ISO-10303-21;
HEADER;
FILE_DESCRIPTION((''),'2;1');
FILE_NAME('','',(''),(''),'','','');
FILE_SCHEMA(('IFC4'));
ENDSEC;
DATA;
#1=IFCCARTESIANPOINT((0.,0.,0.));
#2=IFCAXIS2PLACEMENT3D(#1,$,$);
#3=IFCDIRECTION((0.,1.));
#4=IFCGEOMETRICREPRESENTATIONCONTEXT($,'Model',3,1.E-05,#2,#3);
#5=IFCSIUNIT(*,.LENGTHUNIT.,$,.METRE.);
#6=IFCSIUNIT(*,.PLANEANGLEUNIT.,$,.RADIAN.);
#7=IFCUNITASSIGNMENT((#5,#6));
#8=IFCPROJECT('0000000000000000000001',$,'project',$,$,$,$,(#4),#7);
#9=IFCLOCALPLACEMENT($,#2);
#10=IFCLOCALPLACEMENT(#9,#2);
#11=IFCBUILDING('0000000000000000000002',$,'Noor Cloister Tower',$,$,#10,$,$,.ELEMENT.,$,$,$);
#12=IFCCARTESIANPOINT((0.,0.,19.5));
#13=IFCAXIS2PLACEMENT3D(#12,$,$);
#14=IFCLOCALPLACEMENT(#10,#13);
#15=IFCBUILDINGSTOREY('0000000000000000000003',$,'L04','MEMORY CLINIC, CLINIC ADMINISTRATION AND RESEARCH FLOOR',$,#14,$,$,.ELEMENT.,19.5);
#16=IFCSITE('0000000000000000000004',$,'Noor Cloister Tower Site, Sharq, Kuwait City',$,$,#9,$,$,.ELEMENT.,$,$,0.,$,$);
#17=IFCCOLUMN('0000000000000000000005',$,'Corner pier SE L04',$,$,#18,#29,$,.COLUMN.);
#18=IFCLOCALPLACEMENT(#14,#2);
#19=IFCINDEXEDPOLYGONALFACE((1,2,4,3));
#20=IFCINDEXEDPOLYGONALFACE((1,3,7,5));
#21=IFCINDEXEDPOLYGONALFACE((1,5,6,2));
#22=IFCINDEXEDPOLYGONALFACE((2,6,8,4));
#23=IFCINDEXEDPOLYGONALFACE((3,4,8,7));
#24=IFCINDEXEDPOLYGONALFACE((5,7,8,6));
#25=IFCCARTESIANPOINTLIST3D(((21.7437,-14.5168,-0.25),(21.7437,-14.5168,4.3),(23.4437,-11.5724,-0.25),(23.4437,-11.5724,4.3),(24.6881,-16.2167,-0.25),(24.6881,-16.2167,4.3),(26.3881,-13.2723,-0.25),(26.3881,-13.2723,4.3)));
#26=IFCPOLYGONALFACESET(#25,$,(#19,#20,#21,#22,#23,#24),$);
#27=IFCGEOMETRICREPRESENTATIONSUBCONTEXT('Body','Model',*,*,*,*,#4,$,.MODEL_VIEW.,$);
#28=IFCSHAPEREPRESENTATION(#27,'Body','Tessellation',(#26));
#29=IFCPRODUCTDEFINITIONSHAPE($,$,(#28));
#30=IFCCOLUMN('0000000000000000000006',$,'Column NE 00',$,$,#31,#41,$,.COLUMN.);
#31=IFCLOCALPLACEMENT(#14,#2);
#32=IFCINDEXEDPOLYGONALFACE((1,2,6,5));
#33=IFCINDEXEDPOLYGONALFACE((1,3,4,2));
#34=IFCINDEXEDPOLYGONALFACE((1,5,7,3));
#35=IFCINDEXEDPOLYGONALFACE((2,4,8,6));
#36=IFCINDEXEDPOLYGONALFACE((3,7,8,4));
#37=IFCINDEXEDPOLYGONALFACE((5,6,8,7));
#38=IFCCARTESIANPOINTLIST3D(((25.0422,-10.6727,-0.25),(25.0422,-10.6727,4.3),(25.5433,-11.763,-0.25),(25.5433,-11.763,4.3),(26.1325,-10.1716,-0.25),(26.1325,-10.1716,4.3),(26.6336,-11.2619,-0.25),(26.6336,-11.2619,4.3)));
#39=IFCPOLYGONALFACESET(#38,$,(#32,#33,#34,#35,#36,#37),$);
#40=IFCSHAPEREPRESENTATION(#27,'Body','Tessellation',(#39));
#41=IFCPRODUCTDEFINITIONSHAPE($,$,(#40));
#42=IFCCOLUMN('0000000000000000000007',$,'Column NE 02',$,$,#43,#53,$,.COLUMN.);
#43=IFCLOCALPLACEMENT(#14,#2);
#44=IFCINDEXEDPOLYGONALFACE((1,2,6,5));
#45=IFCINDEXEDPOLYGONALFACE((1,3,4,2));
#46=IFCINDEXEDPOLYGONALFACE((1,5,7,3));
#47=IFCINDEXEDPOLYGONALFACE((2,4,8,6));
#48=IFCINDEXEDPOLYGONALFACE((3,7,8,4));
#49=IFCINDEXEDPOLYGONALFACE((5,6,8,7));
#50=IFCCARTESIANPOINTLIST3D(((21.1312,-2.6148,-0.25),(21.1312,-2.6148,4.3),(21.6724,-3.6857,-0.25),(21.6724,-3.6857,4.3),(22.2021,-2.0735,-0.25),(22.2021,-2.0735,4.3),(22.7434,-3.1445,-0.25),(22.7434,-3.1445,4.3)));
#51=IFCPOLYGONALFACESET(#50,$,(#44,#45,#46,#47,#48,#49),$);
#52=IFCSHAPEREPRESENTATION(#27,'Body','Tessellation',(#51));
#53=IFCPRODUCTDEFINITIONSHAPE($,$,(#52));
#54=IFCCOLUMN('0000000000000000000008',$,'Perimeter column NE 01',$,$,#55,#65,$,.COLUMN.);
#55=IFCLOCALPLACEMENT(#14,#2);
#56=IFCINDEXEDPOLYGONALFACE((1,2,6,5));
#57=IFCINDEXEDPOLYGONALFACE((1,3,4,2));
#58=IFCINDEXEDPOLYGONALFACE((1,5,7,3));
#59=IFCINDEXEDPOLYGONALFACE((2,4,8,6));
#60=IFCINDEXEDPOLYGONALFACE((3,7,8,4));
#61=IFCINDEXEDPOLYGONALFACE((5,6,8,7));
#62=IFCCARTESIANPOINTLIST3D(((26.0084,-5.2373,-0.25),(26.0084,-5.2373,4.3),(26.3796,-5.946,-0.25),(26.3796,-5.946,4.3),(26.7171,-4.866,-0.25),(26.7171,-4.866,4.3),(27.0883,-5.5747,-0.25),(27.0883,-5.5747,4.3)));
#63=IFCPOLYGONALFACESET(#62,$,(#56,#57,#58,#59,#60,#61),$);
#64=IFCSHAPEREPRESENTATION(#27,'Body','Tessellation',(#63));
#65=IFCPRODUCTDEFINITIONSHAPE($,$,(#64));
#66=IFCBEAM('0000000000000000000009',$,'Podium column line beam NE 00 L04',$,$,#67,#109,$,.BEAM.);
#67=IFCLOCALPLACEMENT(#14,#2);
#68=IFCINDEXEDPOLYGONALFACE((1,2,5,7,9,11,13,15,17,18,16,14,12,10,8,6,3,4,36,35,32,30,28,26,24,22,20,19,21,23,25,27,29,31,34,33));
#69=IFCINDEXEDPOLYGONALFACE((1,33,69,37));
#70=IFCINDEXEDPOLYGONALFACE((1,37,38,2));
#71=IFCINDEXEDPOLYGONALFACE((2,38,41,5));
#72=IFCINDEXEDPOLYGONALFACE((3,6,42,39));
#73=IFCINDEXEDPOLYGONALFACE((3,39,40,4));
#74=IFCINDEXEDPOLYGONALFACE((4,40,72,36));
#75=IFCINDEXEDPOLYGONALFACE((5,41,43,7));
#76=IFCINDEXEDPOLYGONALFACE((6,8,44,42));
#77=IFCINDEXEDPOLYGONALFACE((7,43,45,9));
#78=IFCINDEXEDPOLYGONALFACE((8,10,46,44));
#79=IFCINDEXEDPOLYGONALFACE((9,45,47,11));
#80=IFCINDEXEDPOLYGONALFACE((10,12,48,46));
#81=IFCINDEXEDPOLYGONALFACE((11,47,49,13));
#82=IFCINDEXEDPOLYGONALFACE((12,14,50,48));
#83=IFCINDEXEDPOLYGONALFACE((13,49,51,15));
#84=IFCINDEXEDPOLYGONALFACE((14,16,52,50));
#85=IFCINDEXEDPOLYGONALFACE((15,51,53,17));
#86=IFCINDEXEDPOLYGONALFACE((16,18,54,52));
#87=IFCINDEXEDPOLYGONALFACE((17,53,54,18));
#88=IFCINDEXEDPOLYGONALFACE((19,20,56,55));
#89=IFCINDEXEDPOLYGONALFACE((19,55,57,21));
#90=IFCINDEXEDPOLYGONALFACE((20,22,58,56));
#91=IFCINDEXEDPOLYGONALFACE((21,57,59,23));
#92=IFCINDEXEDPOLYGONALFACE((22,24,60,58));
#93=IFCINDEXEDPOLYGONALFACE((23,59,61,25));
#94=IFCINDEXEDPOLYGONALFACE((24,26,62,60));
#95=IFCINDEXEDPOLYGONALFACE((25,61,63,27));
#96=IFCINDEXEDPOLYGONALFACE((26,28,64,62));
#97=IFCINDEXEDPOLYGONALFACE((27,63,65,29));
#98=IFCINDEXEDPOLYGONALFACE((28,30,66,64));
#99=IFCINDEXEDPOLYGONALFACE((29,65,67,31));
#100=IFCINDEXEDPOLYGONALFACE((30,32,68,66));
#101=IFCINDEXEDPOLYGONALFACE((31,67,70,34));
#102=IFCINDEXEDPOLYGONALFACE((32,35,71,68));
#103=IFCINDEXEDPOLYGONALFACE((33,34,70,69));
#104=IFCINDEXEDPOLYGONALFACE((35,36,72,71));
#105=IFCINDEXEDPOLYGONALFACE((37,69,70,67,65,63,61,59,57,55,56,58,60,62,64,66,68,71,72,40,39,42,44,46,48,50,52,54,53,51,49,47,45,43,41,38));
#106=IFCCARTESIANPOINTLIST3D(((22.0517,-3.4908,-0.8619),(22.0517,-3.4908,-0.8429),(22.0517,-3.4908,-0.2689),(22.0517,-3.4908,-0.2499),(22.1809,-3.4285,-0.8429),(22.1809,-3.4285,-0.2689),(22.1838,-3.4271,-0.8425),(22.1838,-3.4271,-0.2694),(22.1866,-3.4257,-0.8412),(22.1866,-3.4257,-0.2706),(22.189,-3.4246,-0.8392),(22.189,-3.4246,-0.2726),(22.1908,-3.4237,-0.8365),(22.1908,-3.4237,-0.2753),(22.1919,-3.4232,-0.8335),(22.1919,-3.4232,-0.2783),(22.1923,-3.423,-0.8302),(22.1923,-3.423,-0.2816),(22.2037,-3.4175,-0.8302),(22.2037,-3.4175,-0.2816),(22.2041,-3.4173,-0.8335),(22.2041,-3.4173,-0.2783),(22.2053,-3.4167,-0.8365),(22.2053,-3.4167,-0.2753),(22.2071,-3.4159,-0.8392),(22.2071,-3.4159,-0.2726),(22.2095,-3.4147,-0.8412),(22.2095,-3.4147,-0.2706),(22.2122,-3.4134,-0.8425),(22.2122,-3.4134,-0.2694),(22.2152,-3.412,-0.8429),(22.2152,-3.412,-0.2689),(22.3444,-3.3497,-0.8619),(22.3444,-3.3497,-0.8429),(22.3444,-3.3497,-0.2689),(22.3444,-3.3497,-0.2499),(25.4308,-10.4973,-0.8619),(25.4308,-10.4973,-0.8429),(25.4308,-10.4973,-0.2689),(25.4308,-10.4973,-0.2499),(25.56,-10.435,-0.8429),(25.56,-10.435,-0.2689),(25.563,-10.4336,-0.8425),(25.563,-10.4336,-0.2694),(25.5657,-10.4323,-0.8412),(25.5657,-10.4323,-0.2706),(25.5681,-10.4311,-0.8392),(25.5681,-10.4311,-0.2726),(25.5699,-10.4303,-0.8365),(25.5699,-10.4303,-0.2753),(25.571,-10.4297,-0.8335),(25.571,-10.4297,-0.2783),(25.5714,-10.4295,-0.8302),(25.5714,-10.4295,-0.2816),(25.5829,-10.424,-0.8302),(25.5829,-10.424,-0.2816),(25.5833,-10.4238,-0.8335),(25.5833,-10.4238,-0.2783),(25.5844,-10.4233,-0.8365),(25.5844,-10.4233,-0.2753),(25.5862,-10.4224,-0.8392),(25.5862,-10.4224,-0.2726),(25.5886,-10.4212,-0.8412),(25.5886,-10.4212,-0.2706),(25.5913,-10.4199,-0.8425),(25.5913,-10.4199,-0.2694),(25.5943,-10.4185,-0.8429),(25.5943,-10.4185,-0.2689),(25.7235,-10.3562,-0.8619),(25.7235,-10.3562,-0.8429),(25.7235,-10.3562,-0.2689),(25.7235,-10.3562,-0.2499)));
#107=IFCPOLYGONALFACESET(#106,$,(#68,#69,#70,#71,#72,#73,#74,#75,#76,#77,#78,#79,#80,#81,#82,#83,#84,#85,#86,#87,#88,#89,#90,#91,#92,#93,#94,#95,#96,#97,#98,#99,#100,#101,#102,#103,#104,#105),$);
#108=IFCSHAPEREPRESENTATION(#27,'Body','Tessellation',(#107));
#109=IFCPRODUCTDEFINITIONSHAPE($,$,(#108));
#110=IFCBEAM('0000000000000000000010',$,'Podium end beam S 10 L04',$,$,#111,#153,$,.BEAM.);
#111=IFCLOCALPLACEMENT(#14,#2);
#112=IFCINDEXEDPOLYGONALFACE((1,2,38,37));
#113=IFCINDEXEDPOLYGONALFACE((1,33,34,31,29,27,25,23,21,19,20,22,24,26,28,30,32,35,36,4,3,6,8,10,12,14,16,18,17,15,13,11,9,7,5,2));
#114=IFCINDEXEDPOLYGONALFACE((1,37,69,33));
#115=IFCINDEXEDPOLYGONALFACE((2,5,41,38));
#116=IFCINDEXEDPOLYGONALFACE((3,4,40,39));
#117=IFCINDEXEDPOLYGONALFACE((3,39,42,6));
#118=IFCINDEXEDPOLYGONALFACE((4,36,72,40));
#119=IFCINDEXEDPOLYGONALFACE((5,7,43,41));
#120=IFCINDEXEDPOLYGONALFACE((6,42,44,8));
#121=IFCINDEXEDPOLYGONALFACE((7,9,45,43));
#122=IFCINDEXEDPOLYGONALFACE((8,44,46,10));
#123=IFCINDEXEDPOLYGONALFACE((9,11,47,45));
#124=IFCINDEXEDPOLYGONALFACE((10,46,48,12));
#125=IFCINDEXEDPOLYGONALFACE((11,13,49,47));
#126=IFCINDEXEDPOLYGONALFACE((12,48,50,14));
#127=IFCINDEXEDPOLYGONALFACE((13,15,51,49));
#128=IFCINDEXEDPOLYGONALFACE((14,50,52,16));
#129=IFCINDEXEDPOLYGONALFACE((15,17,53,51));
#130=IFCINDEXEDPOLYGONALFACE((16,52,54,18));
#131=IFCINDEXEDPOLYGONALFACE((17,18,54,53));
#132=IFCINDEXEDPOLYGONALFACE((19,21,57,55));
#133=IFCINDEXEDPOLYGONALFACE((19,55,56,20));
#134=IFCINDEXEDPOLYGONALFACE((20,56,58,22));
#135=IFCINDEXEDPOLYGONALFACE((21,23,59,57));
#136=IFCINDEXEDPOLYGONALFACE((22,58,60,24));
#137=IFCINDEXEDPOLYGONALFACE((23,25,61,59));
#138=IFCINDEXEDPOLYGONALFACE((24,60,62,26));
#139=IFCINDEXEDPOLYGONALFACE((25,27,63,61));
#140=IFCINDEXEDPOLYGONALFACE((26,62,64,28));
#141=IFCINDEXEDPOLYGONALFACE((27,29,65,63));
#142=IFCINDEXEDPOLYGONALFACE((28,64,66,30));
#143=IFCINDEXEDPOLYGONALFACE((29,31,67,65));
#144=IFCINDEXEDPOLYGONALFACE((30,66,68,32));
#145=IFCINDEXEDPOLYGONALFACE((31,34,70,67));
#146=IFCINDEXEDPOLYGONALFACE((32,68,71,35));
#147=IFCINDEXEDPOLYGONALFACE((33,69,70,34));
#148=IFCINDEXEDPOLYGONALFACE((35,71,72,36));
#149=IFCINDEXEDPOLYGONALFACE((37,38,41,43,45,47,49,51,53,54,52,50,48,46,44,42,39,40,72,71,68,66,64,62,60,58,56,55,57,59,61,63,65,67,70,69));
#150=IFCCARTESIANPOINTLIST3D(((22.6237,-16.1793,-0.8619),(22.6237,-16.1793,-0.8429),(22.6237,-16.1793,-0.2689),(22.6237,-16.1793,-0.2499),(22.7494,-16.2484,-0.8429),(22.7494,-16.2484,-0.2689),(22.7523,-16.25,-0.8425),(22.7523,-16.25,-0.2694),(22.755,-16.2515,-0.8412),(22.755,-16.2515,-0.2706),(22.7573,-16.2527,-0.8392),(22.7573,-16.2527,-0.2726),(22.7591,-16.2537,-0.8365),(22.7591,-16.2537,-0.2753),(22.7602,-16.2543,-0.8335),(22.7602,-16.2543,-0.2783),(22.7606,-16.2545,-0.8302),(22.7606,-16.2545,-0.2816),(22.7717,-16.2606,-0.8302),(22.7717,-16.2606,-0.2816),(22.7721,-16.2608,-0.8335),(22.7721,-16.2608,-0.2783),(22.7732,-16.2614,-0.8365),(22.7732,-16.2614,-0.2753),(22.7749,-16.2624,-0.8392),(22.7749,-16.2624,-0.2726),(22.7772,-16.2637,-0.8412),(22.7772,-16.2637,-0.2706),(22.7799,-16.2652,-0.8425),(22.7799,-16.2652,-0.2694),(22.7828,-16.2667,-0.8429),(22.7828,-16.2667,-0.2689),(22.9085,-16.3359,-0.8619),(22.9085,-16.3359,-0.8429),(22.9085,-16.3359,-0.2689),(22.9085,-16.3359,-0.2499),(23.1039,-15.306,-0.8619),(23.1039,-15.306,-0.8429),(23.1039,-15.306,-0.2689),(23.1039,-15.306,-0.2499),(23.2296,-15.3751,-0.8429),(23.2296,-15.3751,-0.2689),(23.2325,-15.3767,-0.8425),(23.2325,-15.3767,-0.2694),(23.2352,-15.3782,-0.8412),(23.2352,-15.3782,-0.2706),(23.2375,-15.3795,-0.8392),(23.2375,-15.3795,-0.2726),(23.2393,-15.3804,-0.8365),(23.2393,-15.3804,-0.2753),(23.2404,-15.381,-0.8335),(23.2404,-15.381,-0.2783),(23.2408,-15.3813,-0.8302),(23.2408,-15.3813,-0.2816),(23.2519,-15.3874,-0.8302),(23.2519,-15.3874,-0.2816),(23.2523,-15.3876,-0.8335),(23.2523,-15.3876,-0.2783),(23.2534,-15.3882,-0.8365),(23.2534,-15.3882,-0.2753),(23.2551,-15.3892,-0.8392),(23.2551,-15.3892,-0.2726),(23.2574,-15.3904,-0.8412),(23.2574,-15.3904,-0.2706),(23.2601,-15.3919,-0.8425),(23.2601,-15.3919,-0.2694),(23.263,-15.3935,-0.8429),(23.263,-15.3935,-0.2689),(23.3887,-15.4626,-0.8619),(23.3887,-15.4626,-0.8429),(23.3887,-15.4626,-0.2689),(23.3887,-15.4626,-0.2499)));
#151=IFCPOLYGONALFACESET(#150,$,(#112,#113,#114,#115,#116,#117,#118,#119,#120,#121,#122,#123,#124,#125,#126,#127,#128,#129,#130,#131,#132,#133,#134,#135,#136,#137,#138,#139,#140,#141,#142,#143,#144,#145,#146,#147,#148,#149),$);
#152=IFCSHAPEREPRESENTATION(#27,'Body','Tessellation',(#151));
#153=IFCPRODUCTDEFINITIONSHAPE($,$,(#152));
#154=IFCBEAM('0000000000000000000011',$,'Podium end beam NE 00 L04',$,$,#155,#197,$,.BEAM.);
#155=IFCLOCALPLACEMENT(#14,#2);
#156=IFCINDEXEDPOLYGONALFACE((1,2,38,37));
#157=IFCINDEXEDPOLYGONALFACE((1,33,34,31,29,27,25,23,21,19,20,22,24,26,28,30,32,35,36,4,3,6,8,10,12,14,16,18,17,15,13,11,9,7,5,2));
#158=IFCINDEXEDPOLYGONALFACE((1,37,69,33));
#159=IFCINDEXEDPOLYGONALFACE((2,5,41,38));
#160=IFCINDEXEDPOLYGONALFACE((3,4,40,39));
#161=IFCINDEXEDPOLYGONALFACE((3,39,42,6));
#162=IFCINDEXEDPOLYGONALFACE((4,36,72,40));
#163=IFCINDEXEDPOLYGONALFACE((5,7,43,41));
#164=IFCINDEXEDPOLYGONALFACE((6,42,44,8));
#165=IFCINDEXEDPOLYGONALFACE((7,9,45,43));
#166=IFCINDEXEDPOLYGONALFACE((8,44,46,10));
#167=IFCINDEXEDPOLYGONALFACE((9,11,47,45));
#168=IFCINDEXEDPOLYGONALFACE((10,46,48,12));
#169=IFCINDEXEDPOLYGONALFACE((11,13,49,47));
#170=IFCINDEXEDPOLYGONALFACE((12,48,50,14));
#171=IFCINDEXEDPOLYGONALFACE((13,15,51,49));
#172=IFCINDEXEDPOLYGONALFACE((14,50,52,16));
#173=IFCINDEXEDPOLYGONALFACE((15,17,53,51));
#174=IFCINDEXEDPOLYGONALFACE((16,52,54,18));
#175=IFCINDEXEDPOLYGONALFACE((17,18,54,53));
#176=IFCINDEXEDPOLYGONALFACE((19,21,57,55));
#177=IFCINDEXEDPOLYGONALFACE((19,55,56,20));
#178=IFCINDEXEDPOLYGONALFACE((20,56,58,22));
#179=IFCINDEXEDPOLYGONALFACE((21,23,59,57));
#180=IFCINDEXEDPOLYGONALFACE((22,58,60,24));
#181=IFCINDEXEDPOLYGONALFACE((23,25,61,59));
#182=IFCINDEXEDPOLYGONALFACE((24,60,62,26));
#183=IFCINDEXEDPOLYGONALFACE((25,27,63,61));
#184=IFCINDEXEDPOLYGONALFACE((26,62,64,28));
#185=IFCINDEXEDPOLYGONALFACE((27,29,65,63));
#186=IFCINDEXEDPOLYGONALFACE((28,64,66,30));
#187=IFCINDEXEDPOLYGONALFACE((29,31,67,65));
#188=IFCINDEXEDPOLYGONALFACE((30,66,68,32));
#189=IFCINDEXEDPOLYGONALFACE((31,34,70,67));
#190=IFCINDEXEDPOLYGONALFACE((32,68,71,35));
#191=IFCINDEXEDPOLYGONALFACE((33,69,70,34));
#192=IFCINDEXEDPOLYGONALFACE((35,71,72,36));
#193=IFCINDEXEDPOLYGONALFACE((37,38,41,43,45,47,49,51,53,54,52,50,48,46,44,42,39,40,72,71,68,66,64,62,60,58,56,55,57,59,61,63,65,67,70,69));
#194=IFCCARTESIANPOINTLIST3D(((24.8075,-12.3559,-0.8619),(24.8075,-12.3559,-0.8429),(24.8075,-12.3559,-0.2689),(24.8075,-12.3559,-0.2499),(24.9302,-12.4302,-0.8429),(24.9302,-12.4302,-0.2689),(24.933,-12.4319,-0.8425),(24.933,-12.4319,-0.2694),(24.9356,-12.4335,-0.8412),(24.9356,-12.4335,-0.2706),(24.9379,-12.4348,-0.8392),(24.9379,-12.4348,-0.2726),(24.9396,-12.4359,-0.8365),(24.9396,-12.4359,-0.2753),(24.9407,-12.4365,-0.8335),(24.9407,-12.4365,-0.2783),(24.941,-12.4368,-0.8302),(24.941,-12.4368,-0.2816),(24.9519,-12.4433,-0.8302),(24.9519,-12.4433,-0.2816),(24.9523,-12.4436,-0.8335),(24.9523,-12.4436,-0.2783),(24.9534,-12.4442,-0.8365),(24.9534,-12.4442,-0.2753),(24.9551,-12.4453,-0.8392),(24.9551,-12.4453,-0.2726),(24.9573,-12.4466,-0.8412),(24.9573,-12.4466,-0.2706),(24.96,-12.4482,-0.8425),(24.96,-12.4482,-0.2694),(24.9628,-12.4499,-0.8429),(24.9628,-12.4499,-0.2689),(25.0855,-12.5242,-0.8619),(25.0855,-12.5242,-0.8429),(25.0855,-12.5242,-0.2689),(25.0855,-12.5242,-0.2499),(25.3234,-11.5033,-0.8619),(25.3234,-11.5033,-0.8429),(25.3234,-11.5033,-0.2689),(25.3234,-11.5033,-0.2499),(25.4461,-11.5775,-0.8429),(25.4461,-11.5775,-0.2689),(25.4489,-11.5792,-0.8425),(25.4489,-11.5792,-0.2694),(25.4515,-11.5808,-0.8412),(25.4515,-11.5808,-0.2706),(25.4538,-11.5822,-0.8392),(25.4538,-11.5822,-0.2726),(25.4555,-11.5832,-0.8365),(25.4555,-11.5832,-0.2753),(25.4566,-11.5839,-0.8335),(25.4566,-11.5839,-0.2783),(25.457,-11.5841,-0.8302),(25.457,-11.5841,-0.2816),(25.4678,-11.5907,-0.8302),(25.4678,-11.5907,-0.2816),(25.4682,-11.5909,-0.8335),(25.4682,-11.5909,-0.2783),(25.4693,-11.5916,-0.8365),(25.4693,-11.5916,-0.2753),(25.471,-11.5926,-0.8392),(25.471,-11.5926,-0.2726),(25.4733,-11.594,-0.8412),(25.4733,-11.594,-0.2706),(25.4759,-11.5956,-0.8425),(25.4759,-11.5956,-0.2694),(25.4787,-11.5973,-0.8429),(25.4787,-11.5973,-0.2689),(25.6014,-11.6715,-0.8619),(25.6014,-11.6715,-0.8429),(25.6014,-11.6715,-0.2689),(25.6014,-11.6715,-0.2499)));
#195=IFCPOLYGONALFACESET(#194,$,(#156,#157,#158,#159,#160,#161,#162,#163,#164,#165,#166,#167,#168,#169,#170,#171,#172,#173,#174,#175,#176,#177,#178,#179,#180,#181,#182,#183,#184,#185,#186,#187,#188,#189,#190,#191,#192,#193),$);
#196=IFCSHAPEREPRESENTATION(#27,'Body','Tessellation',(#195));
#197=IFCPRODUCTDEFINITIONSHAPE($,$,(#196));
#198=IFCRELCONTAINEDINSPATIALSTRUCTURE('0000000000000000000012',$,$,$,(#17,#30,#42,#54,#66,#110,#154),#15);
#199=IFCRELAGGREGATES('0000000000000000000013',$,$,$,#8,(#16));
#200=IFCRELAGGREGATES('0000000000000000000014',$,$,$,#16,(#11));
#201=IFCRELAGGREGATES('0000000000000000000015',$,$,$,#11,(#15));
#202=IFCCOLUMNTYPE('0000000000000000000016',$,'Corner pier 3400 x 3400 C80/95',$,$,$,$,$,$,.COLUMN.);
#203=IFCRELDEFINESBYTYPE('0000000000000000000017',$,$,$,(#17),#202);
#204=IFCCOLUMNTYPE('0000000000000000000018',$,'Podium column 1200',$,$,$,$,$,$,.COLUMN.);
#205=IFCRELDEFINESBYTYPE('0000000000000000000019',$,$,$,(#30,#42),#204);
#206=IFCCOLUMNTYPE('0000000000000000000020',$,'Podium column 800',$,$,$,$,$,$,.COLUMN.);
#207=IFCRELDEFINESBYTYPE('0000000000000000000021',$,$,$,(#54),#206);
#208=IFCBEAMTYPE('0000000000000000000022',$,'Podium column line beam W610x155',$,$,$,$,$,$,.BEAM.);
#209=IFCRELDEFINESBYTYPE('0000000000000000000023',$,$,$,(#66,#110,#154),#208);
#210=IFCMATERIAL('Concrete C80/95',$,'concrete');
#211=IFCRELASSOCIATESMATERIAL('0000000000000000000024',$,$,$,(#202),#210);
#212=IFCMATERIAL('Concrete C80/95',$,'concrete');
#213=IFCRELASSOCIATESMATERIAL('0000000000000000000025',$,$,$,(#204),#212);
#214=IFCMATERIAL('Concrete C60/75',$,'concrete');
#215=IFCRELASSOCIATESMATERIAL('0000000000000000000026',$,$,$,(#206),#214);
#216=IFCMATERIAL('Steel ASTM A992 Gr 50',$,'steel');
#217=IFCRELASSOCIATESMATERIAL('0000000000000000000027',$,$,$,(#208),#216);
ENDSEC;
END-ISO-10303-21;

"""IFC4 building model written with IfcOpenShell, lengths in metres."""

from ifc_helpers import new_model, si_unit, direction, frame, origin, origin_2d, place, context, subcontext, project, spatial, rectangle, i_section, extrude, material, material_profile, profile_set, type_object, element, save


model = new_model("IFC4")

# Units and contexts
model_context = context("Model", 3, precision=1e-05, world=origin(), true_north=direction((0.0, 1.0)))
body_context = subcontext(model_context, "Body", "Model", "MODEL_VIEW")
ifc_project = project(units=[si_unit("LENGTHUNIT", "METRE"), si_unit("PLANEANGLEUNIT", "RADIAN")], contexts=[model_context])

# Site, building, storey
site_placement = place(None, origin())
site = spatial("IfcSite", under=ifc_project, at=site_placement, Name="Noor Cloister Tower Site, Sharq, Kuwait City", CompositionType="ELEMENT", RefElevation=0.0)
building_placement = place(site_placement, origin())
building = spatial("IfcBuilding", under=site, at=building_placement, Name="Noor Cloister Tower", CompositionType="ELEMENT")
storey_placement = place(building_placement, frame((0.0, 0.0, 19.5)))
storey = spatial("IfcBuildingStorey", under=building, at=storey_placement, Name="L04", Description="MEMORY CLINIC, CLINIC ADMINISTRATION AND RESEARCH FLOOR", CompositionType="ELEMENT", Elevation=19.5)

# Columns
ifc_material_1 = material(Name="Concrete C80/95", Category="concrete")
ifc_material_profile_1 = material_profile(ifc_material_1, rectangle(XDim=3.3999, YDim=3.3999, at=origin_2d()), Name="RC 3400x3400")
ifc_profile_set_1 = profile_set([ifc_material_profile_1], Name="Concrete C80/95")
column_type_1 = type_object("IfcColumnType", Name="Corner pier 3400 x 3400 C80/95", PredefinedType="COLUMN", material=ifc_profile_set_1)
column_1_placement = place(storey_placement, frame((24.0659, -13.8945, -0.25), z_axis=(0.0, 0.0, 1.0), x_axis=(0.866025, -0.5, 0.0)))
element("IfcColumn", 1, at=column_1_placement, inside=storey, type_object=column_type_1, Name="Corner pier SE L04", PredefinedType="COLUMN", context=body_context, shape_type="SweptSolid", body=[
    extrude(rectangle(XDim=3.3999, YDim=3.3999, at=origin_2d()), origin(), (0.0, 0.0, 1.0), 4.55),
])
ifc_material_2 = material(Name="Concrete C80/95", Category="concrete")
ifc_material_profile_2 = material_profile(ifc_material_2, rectangle(XDim=1.2, YDim=1.2, at=origin_2d()), Name="Podium column 1200")
ifc_profile_set_2 = profile_set([ifc_material_profile_2], Name="Concrete C80/95")
column_type_2 = type_object("IfcColumnType", Name="Podium column 1200", PredefinedType="COLUMN", material=ifc_profile_set_2)
for number, where, z_axis, x_axis, name in (
    (2, (25.8379, -10.9673, -0.25), (0.0, 0.0, 1.0), (0.90862, 0.417624, 0.0), "Column NE 00"),
    (3, (21.9373, -2.8796, -0.25), (0.0, 0.0, 1.0), (0.892501, 0.451046, 0.0), "Column NE 02"),
):
    element("IfcColumn", number, at=place(storey_placement, frame(where, z_axis=z_axis, x_axis=x_axis)), inside=storey, type_object=column_type_2, Name=name, PredefinedType="COLUMN", context=body_context, shape_type="SweptSolid", body=[
        extrude(rectangle(XDim=1.2, YDim=1.2, at=origin_2d()), origin(), (0.0, 0.0, 1.0), 4.55),
    ])
ifc_material_3 = material(Name="Concrete C60/75", Category="concrete")
ifc_material_profile_3 = material_profile(ifc_material_3, rectangle(XDim=0.8, YDim=0.8, at=origin_2d()), Name="Podium column 800")
ifc_profile_set_3 = profile_set([ifc_material_profile_3], Name="Concrete C60/75")
column_type_3 = type_object("IfcColumnType", Name="Podium column 800", PredefinedType="COLUMN", material=ifc_profile_set_3)
column_2_placement = place(storey_placement, frame((26.5483, -5.406, -0.25), z_axis=(0.0, 0.0, 1.0), x_axis=(0.885828, 0.464014, 0.0)))
element("IfcColumn", 4, at=column_2_placement, inside=storey, type_object=column_type_3, Name="Perimeter column NE 01", PredefinedType="COLUMN", context=body_context, shape_type="SweptSolid", body=[
    extrude(rectangle(XDim=0.8, YDim=0.8, at=origin_2d()), origin(), (0.0, 0.0, 1.0), 4.55),
])

# Beams
ifc_material_4 = material(Name="Steel ASTM A992 Gr 50", Category="steel")
ifc_material_profile_4 = material_profile(ifc_material_4, i_section(OverallWidth=0.325, OverallDepth=0.6121, WebThickness=0.0127, FlangeThickness=0.019, FilletRadius=0.0127, at=origin_2d()), Name="W610x155")
ifc_profile_set_4 = profile_set([ifc_material_profile_4], Name="Steel ASTM A992 Gr 50")
beam_type_1 = type_object("IfcBeamType", Name="Podium column line beam W610x155", PredefinedType="BEAM", material=ifc_profile_set_4)
beam_1_placement = place(storey_placement, frame((25.5771, -10.4268, -0.5559), z_axis=(-0.434401, 0.90072, 0.0), x_axis=(-0.90072, -0.434401, 0.0)))
element("IfcBeam", 5, at=beam_1_placement, inside=storey, type_object=beam_type_1, Name="Podium column line beam NE 00 L04", PredefinedType="BEAM", context=body_context, shape_type="SweptSolid", body=[
    extrude(i_section(OverallWidth=0.325, OverallDepth=0.6121, WebThickness=0.0127, FlangeThickness=0.019, FilletRadius=0.0127, at=origin_2d()), origin(), (0.0, 0.0, 1.0), 7.7788),
])
for number, where, z_axis, x_axis, name in (
    (6, (22.7661, -16.2576, -0.5559), (0.481853, 0.876252, 0.0), (-0.876252, 0.481853, 0.0), "Podium end beam S 10 L04"),
    (7, (25.4624, -11.5874, -0.5559), (-0.517699, -0.855563, 0.0), (0.855563, -0.517699, 0.0), "Podium end beam NE 00 L04"),
):
    element("IfcBeam", number, at=place(storey_placement, frame(where, z_axis=z_axis, x_axis=x_axis)), inside=storey, type_object=beam_type_1, Name=name, PredefinedType="BEAM", context=body_context, shape_type="SweptSolid", body=[
        extrude(i_section(OverallWidth=0.325, OverallDepth=0.6121, WebThickness=0.0127, FlangeThickness=0.019, FilletRadius=0.0127, at=origin_2d()), origin(), (0.0, 0.0, 1.0), 0.9966),
    ])

save(model, "model.ifc")
